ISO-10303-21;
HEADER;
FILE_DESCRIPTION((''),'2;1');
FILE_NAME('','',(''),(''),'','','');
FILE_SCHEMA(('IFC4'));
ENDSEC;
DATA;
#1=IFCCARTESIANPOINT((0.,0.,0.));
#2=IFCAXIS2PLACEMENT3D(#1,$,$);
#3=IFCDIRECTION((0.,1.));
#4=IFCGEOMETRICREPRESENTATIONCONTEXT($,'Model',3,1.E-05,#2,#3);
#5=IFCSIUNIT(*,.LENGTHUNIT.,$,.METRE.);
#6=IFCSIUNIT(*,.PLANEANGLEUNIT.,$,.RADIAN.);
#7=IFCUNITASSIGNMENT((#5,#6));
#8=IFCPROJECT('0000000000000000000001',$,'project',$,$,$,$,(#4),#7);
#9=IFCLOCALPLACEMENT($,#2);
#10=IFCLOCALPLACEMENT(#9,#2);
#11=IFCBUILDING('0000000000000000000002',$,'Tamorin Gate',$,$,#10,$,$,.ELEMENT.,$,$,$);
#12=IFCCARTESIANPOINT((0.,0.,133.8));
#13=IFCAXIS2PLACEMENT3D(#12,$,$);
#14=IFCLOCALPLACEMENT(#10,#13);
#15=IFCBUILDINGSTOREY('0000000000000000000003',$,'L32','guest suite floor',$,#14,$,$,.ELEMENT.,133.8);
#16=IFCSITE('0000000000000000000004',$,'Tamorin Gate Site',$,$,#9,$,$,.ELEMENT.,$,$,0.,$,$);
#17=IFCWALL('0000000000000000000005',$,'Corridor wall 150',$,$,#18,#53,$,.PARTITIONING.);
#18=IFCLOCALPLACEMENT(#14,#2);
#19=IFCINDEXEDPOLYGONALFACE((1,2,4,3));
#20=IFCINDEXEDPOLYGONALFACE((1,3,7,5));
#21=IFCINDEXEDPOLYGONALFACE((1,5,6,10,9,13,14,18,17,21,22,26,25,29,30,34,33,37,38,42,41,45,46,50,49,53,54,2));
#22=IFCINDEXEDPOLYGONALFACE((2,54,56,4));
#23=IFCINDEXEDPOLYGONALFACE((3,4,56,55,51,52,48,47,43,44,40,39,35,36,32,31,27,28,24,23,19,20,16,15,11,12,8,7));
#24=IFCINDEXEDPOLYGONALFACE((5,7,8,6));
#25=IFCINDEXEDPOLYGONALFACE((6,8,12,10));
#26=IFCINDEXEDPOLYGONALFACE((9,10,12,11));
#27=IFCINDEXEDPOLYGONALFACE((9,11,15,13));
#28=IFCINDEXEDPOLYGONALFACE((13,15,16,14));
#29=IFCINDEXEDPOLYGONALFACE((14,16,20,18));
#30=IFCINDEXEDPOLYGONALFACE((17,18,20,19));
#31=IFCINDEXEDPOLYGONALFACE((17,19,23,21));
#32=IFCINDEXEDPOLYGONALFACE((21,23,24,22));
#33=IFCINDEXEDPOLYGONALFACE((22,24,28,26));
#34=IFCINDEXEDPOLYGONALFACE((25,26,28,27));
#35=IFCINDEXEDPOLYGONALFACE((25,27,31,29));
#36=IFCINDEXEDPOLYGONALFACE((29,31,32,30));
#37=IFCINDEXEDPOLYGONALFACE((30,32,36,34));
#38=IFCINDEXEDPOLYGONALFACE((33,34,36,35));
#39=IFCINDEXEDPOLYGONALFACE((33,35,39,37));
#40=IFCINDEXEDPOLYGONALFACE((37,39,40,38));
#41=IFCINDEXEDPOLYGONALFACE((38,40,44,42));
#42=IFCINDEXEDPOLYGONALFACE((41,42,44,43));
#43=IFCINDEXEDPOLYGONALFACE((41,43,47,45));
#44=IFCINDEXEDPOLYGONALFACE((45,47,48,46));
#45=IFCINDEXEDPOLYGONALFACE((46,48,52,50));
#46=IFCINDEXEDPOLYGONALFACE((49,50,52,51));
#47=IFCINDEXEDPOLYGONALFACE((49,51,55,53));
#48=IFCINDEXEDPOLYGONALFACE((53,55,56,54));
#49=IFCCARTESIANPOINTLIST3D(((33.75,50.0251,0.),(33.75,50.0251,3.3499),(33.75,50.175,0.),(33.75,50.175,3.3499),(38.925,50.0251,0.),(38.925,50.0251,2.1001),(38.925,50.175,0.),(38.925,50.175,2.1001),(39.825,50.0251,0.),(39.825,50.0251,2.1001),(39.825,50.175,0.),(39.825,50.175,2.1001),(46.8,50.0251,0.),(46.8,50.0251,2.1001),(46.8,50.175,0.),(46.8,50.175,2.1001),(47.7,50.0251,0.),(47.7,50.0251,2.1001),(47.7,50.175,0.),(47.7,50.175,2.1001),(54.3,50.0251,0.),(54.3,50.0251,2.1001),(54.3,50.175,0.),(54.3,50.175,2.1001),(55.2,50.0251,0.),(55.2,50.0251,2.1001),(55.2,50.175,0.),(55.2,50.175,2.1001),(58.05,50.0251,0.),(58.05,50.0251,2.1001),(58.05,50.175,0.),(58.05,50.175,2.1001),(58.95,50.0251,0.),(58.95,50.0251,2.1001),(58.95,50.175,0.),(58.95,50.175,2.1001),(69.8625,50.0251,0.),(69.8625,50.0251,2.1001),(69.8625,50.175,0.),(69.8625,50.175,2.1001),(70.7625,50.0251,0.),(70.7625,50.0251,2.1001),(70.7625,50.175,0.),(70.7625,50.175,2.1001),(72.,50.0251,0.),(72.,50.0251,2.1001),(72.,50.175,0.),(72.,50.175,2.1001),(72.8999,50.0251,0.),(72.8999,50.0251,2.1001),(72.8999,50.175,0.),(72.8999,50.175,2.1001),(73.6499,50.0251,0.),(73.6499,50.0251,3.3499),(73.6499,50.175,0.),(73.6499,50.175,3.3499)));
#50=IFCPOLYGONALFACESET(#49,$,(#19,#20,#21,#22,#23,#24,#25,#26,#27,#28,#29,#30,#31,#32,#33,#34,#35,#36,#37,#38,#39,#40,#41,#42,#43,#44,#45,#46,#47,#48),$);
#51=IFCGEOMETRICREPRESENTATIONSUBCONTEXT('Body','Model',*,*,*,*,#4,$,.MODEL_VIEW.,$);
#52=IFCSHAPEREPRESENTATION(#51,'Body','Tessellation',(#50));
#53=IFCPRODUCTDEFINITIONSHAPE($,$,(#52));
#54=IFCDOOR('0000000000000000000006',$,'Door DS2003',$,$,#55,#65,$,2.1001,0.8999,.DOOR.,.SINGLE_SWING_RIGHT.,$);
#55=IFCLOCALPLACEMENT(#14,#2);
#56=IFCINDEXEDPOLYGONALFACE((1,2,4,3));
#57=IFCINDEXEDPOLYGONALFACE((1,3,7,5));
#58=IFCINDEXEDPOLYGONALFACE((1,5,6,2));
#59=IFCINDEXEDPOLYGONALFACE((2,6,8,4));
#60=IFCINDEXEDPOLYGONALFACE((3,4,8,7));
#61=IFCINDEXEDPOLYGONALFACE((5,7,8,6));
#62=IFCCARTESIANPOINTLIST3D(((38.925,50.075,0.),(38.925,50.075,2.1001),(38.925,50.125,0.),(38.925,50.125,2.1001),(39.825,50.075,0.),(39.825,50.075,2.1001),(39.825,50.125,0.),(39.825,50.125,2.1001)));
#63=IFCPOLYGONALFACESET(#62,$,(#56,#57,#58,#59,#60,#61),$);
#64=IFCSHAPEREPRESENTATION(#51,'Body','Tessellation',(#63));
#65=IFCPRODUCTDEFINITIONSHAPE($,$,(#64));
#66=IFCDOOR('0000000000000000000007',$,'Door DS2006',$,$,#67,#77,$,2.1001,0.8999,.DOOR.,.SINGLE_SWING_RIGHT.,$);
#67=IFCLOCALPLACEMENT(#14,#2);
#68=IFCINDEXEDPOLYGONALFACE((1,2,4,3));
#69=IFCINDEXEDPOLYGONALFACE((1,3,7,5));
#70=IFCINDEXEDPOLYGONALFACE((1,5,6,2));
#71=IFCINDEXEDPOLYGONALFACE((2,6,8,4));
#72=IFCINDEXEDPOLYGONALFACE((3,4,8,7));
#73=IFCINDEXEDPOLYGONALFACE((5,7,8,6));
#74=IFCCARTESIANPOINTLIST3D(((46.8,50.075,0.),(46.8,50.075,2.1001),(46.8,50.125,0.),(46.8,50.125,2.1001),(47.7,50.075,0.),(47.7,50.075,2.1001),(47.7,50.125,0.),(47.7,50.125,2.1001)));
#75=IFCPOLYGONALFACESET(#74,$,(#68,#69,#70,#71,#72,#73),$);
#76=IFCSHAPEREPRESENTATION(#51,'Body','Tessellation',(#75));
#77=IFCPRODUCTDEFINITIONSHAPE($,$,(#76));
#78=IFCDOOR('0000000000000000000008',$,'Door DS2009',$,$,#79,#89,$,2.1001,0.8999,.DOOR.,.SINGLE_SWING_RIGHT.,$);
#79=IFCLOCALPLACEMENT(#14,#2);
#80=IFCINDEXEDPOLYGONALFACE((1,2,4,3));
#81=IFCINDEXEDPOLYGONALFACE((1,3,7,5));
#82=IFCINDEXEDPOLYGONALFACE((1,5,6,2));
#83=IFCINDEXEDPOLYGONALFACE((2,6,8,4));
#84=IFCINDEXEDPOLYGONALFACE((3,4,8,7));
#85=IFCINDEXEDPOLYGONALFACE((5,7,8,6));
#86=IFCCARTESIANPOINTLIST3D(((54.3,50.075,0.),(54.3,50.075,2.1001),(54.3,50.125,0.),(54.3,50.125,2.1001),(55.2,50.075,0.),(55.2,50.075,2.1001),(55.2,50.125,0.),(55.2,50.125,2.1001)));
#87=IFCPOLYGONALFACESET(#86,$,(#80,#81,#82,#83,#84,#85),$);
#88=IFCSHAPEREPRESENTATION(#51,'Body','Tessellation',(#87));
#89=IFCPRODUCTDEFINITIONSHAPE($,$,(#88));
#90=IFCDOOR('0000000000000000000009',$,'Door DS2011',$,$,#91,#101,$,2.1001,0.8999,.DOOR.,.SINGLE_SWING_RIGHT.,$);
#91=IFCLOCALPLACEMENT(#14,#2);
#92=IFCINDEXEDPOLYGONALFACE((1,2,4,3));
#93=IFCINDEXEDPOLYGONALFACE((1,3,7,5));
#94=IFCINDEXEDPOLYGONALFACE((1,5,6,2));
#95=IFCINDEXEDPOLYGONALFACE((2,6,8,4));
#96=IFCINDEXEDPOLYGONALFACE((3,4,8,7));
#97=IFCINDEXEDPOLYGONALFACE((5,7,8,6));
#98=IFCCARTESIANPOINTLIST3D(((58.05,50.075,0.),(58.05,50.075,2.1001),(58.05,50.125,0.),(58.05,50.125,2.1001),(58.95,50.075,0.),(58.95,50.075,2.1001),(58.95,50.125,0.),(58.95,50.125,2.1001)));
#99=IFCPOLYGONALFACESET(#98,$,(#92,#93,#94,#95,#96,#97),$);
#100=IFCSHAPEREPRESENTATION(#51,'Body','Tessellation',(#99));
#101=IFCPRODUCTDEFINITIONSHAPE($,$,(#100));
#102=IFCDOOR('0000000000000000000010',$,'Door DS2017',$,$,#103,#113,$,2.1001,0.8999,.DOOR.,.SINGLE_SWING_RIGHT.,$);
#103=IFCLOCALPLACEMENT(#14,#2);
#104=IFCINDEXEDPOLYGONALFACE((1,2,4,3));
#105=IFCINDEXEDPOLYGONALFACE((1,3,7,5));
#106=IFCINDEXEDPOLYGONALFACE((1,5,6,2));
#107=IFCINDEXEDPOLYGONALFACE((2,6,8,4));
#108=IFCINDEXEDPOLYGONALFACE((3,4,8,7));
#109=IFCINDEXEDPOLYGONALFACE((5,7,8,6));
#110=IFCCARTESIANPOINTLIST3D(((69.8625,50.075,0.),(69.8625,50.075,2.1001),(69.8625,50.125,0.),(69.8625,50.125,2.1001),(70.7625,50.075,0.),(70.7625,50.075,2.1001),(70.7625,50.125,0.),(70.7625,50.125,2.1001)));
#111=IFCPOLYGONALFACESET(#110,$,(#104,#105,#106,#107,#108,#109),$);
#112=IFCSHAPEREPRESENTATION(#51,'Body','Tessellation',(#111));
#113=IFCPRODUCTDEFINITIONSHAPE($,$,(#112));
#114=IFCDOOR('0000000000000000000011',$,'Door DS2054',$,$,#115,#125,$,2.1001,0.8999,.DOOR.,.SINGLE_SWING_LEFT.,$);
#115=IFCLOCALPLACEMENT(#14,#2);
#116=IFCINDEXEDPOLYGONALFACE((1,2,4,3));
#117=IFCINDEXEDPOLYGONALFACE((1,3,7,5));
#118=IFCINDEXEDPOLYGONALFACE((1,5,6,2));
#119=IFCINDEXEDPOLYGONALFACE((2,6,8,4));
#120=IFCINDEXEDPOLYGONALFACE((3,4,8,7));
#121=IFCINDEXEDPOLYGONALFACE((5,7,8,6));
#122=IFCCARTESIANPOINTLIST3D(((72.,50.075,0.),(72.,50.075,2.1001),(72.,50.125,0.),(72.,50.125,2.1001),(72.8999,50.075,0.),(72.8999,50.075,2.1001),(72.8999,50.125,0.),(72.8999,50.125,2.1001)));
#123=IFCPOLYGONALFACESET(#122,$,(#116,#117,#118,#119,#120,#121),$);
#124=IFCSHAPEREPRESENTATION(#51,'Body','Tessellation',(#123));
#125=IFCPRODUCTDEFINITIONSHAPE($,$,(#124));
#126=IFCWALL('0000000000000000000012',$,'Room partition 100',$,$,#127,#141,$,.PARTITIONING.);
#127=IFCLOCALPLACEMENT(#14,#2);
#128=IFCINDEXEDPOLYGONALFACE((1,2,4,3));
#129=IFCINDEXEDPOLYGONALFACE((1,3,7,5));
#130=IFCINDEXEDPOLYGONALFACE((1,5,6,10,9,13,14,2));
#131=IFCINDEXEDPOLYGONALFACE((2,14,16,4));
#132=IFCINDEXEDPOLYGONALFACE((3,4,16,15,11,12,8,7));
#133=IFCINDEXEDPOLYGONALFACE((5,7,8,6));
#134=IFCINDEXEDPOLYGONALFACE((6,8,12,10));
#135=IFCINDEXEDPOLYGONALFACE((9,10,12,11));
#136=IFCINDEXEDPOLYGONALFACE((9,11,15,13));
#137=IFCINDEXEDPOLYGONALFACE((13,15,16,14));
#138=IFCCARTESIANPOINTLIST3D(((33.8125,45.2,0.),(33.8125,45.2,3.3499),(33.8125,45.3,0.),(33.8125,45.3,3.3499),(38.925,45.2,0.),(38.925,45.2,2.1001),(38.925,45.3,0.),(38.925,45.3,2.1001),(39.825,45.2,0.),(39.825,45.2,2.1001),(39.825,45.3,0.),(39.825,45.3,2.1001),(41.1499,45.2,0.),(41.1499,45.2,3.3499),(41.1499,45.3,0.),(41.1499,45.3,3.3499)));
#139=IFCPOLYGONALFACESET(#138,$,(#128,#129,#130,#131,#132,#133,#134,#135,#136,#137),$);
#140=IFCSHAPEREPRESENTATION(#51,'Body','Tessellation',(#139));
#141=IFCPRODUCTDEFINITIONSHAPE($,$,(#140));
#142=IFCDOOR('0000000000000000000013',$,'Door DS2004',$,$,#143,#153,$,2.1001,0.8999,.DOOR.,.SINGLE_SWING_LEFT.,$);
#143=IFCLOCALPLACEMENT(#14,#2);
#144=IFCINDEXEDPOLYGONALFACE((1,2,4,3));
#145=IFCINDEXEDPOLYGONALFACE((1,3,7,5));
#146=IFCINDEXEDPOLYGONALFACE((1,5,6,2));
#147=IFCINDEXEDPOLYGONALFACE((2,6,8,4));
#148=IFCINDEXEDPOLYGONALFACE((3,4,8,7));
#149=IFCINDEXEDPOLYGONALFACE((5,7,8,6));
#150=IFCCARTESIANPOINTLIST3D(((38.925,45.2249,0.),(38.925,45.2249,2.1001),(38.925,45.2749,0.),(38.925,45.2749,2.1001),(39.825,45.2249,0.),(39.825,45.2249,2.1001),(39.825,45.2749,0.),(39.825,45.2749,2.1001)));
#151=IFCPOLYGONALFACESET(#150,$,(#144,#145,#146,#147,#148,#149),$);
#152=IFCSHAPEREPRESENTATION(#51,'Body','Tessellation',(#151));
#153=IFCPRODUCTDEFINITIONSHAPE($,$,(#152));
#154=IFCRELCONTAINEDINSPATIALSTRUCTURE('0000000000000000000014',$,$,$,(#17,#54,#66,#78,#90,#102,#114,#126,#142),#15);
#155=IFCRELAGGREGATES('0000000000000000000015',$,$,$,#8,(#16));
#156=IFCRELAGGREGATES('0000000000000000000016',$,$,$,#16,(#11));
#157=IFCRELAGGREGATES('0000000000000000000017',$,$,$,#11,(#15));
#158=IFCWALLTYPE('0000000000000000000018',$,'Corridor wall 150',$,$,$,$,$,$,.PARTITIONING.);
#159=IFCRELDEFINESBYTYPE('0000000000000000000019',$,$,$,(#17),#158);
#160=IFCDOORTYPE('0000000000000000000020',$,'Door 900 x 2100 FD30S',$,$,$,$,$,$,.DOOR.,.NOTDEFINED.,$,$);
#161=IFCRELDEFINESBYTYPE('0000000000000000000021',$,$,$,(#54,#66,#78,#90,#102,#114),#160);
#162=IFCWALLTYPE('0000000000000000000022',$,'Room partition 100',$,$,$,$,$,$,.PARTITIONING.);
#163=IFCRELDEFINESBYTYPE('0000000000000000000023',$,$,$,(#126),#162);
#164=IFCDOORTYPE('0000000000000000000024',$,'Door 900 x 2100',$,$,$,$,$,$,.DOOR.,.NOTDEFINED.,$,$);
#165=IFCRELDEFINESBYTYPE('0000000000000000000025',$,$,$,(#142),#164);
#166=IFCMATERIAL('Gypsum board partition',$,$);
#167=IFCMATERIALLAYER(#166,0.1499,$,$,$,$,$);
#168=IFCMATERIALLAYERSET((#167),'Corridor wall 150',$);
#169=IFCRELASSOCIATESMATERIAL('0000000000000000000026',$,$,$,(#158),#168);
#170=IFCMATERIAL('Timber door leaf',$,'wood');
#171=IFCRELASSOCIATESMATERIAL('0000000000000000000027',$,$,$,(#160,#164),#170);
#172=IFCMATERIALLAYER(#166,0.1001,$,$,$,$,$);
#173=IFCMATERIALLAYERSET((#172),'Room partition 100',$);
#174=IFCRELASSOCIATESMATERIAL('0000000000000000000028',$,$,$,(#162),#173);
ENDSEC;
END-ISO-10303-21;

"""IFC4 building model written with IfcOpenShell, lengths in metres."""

from ifc_helpers import new_model, si_unit, direction, frame, frame_2d, origin, place, context, subcontext, project, spatial, rectangle, extrude, material, layer, layer_set, type_object, element, fill, save


model = new_model("IFC4")

# Units and contexts
model_context = context("Model", 3, precision=1e-05, world=origin(), true_north=direction((0.0, 1.0)))
body_context = subcontext(model_context, "Body", "Model", "MODEL_VIEW")
ifc_project = project(units=[si_unit("LENGTHUNIT", "METRE"), si_unit("PLANEANGLEUNIT", "RADIAN")], contexts=[model_context])

# Site, building, storey
site_placement = place(None, origin())
site = spatial("IfcSite", under=ifc_project, at=site_placement, Name="Tamorin Gate Site", CompositionType="ELEMENT", RefElevation=0.0)
building_placement = place(site_placement, origin())
building = spatial("IfcBuilding", under=site, at=building_placement, Name="Tamorin Gate", CompositionType="ELEMENT")
storey_placement = place(building_placement, frame((0.0, 0.0, 133.8)))
storey = spatial("IfcBuildingStorey", under=building, at=storey_placement, Name="L32", Description="guest suite floor", CompositionType="ELEMENT", Elevation=133.8)

# Wall, openings, doors
ifc_material_1 = material(Name="Gypsum board partition")
ifc_layer_1 = layer(ifc_material_1, 0.1499)
ifc_layer_set_1 = layer_set([ifc_layer_1], Name="Corridor wall 150")
wall_type_1 = type_object("IfcWallType", Name="Corridor wall 150", PredefinedType="PARTITIONING", material=ifc_layer_set_1)
wall_1_placement = place(storey_placement, frame((33.75, 50.1001, 0.0), z_axis=(0.0, 0.0, 1.0), x_axis=(1.0, 0.0, 0.0)))
wall_1 = element("IfcWall", 1, at=wall_1_placement, inside=storey, type_object=wall_type_1, Name="Corridor wall 150", PredefinedType="PARTITIONING", context=body_context, shape_type="SweptSolid", body=[
    extrude(rectangle(XDim=39.8999, YDim=0.1499, at=frame_2d((19.95, 0.0))), origin(), (0.0, 0.0, 1.0), 3.3499),
])
opening_1_placement = place(wall_1_placement, frame((5.175, 0.0, 0.0)))
opening_1 = element("IfcOpeningElement", 2, at=opening_1_placement, cuts=wall_1, PredefinedType="OPENING", context=body_context, shape_type="SweptSolid", body=[
    extrude(rectangle(XDim=0.8999, YDim=2.1001, at=frame_2d((0.45, 1.05))), frame((0.0, 0.085, 0.0), z_axis=(0.0, -1.0, 0.0), x_axis=(1.0, 0.0, 0.0)), (0.0, 0.0, 1.0), 0.1699),
])
opening_2_placement = place(wall_1_placement, frame((13.05, 0.0, 0.0)))
opening_2 = element("IfcOpeningElement", 3, at=opening_2_placement, cuts=wall_1, PredefinedType="OPENING", context=body_context, shape_type="SweptSolid", body=[
    extrude(rectangle(XDim=0.8999, YDim=2.1001, at=frame_2d((0.45, 1.05))), frame((0.0, 0.085, 0.0), z_axis=(0.0, -1.0, 0.0), x_axis=(1.0, 0.0, 0.0)), (0.0, 0.0, 1.0), 0.1699),
])
opening_3_placement = place(wall_1_placement, frame((20.55, 0.0, 0.0)))
opening_3 = element("IfcOpeningElement", 4, at=opening_3_placement, cuts=wall_1, PredefinedType="OPENING", context=body_context, shape_type="SweptSolid", body=[
    extrude(rectangle(XDim=0.8999, YDim=2.1001, at=frame_2d((0.45, 1.05))), frame((0.0, 0.085, 0.0), z_axis=(0.0, -1.0, 0.0), x_axis=(1.0, 0.0, 0.0)), (0.0, 0.0, 1.0), 0.1699),
])
opening_4_placement = place(wall_1_placement, frame((24.3, 0.0, 0.0)))
opening_4 = element("IfcOpeningElement", 5, at=opening_4_placement, cuts=wall_1, PredefinedType="OPENING", context=body_context, shape_type="SweptSolid", body=[
    extrude(rectangle(XDim=0.8999, YDim=2.1001, at=frame_2d((0.45, 1.05))), frame((0.0, 0.085, 0.0), z_axis=(0.0, -1.0, 0.0), x_axis=(1.0, 0.0, 0.0)), (0.0, 0.0, 1.0), 0.1699),
])
opening_5_placement = place(wall_1_placement, frame((36.1125, 0.0, 0.0)))
opening_5 = element("IfcOpeningElement", 6, at=opening_5_placement, cuts=wall_1, PredefinedType="OPENING", context=body_context, shape_type="SweptSolid", body=[
    extrude(rectangle(XDim=0.8999, YDim=2.1001, at=frame_2d((0.45, 1.05))), frame((0.0, 0.085, 0.0), z_axis=(0.0, -1.0, 0.0), x_axis=(1.0, 0.0, 0.0)), (0.0, 0.0, 1.0), 0.1699),
])
opening_6_placement = place(wall_1_placement, frame((38.25, 0.0, 0.0)))
opening_6 = element("IfcOpeningElement", 7, at=opening_6_placement, cuts=wall_1, PredefinedType="OPENING", context=body_context, shape_type="SweptSolid", body=[
    extrude(rectangle(XDim=0.8999, YDim=2.1001, at=frame_2d((0.45, 1.05))), frame((0.0, 0.085, 0.0), z_axis=(0.0, -1.0, 0.0), x_axis=(1.0, 0.0, 0.0)), (0.0, 0.0, 1.0), 0.1699),
])
ifc_material_2 = material(Name="Timber door leaf", Category="wood")
door_type_1 = type_object("IfcDoorType", Name="Door 900 x 2100 FD30S", OperationType="NOTDEFINED", PredefinedType="DOOR", material=ifc_material_2)
door_1_placement = place(opening_1_placement, origin())
door_1 = element("IfcDoor", 8, at=door_1_placement, inside=storey, type_object=door_type_1, Name="Door DS2003", OperationType="SINGLE_SWING_RIGHT", OverallHeight=2.1001, OverallWidth=0.8999, PredefinedType="DOOR", context=body_context, shape_type="SweptSolid", body=[
    extrude(rectangle(XDim=0.8999, YDim=2.1001, at=frame_2d((0.45, 1.05))), frame((0.0, 0.0249, 0.0), z_axis=(0.0, -1.0, 0.0), x_axis=(1.0, 0.0, 0.0)), (0.0, 0.0, 1.0), 0.05),
])
fill(opening_1, door_1)
door_2_placement = place(opening_2_placement, origin())
door_2 = element("IfcDoor", 9, at=door_2_placement, inside=storey, type_object=door_type_1, Name="Door DS2006", OperationType="SINGLE_SWING_RIGHT", OverallHeight=2.1001, OverallWidth=0.8999, PredefinedType="DOOR", context=body_context, shape_type="SweptSolid", body=[
    extrude(rectangle(XDim=0.8999, YDim=2.1001, at=frame_2d((0.45, 1.05))), frame((0.0, 0.0249, 0.0), z_axis=(0.0, -1.0, 0.0), x_axis=(1.0, 0.0, 0.0)), (0.0, 0.0, 1.0), 0.05),
])
fill(opening_2, door_2)
door_3_placement = place(opening_3_placement, origin())
door_3 = element("IfcDoor", 10, at=door_3_placement, inside=storey, type_object=door_type_1, Name="Door DS2009", OperationType="SINGLE_SWING_RIGHT", OverallHeight=2.1001, OverallWidth=0.8999, PredefinedType="DOOR", context=body_context, shape_type="SweptSolid", body=[
    extrude(rectangle(XDim=0.8999, YDim=2.1001, at=frame_2d((0.45, 1.05))), frame((0.0, 0.0249, 0.0), z_axis=(0.0, -1.0, 0.0), x_axis=(1.0, 0.0, 0.0)), (0.0, 0.0, 1.0), 0.05),
])
fill(opening_3, door_3)
door_4_placement = place(opening_4_placement, origin())
door_4 = element("IfcDoor", 11, at=door_4_placement, inside=storey, type_object=door_type_1, Name="Door DS2011", OperationType="SINGLE_SWING_RIGHT", OverallHeight=2.1001, OverallWidth=0.8999, PredefinedType="DOOR", context=body_context, shape_type="SweptSolid", body=[
    extrude(rectangle(XDim=0.8999, YDim=2.1001, at=frame_2d((0.45, 1.05))), frame((0.0, 0.0249, 0.0), z_axis=(0.0, -1.0, 0.0), x_axis=(1.0, 0.0, 0.0)), (0.0, 0.0, 1.0), 0.05),
])
fill(opening_4, door_4)
door_5_placement = place(opening_5_placement, origin())
door_5 = element("IfcDoor", 12, at=door_5_placement, inside=storey, type_object=door_type_1, Name="Door DS2017", OperationType="SINGLE_SWING_RIGHT", OverallHeight=2.1001, OverallWidth=0.8999, PredefinedType="DOOR", context=body_context, shape_type="SweptSolid", body=[
    extrude(rectangle(XDim=0.8999, YDim=2.1001, at=frame_2d((0.45, 1.05))), frame((0.0, 0.0249, 0.0), z_axis=(0.0, -1.0, 0.0), x_axis=(1.0, 0.0, 0.0)), (0.0, 0.0, 1.0), 0.05),
])
fill(opening_5, door_5)
door_6_placement = place(opening_6_placement, origin())
door_6 = element("IfcDoor", 13, at=door_6_placement, inside=storey, type_object=door_type_1, Name="Door DS2054", OperationType="SINGLE_SWING_LEFT", OverallHeight=2.1001, OverallWidth=0.8999, PredefinedType="DOOR", context=body_context, shape_type="SweptSolid", body=[
    extrude(rectangle(XDim=0.8999, YDim=2.1001, at=frame_2d((0.45, 1.05))), frame((0.0, 0.0249, 0.0), z_axis=(0.0, -1.0, 0.0), x_axis=(1.0, 0.0, 0.0)), (0.0, 0.0, 1.0), 0.05),
])
fill(opening_6, door_6)

# Wall, opening, door
ifc_layer_2 = layer(ifc_material_1, 0.1001)
ifc_layer_set_2 = layer_set([ifc_layer_2], Name="Room partition 100")
wall_type_2 = type_object("IfcWallType", Name="Room partition 100", PredefinedType="PARTITIONING", material=ifc_layer_set_2)
wall_2_placement = place(storey_placement, frame((33.8125, 45.25, 0.0), z_axis=(0.0, 0.0, 1.0), x_axis=(1.0, 0.0, 0.0)))
wall_2 = element("IfcWall", 14, at=wall_2_placement, inside=storey, type_object=wall_type_2, Name="Room partition 100", PredefinedType="PARTITIONING", context=body_context, shape_type="SweptSolid", body=[
    extrude(rectangle(XDim=7.3374, YDim=0.1001, at=frame_2d((3.6687, 0.0))), origin(), (0.0, 0.0, 1.0), 3.3499),
])
opening_7_placement = place(wall_2_placement, frame((5.1125, 0.0, 0.0)))
opening_7 = element("IfcOpeningElement", 15, at=opening_7_placement, cuts=wall_2, PredefinedType="OPENING", context=body_context, shape_type="SweptSolid", body=[
    extrude(rectangle(XDim=0.8999, YDim=2.1001, at=frame_2d((0.45, 1.05))), frame((0.0, 0.0601, 0.0), z_axis=(0.0, -1.0, 0.0), x_axis=(1.0, 0.0, 0.0)), (0.0, 0.0, 1.0), 0.1201),
])
door_type_2 = type_object("IfcDoorType", Name="Door 900 x 2100", OperationType="NOTDEFINED", PredefinedType="DOOR", material=ifc_material_2)
door_7_placement = place(opening_7_placement, origin())
door_7 = element("IfcDoor", 16, at=door_7_placement, inside=storey, type_object=door_type_2, Name="Door DS2004", OperationType="SINGLE_SWING_LEFT", OverallHeight=2.1001, OverallWidth=0.8999, PredefinedType="DOOR", context=body_context, shape_type="SweptSolid", body=[
    extrude(rectangle(XDim=0.8999, YDim=2.1001, at=frame_2d((0.45, 1.05))), frame((0.0, 0.0249, 0.0), z_axis=(0.0, -1.0, 0.0), x_axis=(1.0, 0.0, 0.0)), (0.0, 0.0, 1.0), 0.05),
])
fill(opening_7, door_7)

save(model, "model.ifc")
